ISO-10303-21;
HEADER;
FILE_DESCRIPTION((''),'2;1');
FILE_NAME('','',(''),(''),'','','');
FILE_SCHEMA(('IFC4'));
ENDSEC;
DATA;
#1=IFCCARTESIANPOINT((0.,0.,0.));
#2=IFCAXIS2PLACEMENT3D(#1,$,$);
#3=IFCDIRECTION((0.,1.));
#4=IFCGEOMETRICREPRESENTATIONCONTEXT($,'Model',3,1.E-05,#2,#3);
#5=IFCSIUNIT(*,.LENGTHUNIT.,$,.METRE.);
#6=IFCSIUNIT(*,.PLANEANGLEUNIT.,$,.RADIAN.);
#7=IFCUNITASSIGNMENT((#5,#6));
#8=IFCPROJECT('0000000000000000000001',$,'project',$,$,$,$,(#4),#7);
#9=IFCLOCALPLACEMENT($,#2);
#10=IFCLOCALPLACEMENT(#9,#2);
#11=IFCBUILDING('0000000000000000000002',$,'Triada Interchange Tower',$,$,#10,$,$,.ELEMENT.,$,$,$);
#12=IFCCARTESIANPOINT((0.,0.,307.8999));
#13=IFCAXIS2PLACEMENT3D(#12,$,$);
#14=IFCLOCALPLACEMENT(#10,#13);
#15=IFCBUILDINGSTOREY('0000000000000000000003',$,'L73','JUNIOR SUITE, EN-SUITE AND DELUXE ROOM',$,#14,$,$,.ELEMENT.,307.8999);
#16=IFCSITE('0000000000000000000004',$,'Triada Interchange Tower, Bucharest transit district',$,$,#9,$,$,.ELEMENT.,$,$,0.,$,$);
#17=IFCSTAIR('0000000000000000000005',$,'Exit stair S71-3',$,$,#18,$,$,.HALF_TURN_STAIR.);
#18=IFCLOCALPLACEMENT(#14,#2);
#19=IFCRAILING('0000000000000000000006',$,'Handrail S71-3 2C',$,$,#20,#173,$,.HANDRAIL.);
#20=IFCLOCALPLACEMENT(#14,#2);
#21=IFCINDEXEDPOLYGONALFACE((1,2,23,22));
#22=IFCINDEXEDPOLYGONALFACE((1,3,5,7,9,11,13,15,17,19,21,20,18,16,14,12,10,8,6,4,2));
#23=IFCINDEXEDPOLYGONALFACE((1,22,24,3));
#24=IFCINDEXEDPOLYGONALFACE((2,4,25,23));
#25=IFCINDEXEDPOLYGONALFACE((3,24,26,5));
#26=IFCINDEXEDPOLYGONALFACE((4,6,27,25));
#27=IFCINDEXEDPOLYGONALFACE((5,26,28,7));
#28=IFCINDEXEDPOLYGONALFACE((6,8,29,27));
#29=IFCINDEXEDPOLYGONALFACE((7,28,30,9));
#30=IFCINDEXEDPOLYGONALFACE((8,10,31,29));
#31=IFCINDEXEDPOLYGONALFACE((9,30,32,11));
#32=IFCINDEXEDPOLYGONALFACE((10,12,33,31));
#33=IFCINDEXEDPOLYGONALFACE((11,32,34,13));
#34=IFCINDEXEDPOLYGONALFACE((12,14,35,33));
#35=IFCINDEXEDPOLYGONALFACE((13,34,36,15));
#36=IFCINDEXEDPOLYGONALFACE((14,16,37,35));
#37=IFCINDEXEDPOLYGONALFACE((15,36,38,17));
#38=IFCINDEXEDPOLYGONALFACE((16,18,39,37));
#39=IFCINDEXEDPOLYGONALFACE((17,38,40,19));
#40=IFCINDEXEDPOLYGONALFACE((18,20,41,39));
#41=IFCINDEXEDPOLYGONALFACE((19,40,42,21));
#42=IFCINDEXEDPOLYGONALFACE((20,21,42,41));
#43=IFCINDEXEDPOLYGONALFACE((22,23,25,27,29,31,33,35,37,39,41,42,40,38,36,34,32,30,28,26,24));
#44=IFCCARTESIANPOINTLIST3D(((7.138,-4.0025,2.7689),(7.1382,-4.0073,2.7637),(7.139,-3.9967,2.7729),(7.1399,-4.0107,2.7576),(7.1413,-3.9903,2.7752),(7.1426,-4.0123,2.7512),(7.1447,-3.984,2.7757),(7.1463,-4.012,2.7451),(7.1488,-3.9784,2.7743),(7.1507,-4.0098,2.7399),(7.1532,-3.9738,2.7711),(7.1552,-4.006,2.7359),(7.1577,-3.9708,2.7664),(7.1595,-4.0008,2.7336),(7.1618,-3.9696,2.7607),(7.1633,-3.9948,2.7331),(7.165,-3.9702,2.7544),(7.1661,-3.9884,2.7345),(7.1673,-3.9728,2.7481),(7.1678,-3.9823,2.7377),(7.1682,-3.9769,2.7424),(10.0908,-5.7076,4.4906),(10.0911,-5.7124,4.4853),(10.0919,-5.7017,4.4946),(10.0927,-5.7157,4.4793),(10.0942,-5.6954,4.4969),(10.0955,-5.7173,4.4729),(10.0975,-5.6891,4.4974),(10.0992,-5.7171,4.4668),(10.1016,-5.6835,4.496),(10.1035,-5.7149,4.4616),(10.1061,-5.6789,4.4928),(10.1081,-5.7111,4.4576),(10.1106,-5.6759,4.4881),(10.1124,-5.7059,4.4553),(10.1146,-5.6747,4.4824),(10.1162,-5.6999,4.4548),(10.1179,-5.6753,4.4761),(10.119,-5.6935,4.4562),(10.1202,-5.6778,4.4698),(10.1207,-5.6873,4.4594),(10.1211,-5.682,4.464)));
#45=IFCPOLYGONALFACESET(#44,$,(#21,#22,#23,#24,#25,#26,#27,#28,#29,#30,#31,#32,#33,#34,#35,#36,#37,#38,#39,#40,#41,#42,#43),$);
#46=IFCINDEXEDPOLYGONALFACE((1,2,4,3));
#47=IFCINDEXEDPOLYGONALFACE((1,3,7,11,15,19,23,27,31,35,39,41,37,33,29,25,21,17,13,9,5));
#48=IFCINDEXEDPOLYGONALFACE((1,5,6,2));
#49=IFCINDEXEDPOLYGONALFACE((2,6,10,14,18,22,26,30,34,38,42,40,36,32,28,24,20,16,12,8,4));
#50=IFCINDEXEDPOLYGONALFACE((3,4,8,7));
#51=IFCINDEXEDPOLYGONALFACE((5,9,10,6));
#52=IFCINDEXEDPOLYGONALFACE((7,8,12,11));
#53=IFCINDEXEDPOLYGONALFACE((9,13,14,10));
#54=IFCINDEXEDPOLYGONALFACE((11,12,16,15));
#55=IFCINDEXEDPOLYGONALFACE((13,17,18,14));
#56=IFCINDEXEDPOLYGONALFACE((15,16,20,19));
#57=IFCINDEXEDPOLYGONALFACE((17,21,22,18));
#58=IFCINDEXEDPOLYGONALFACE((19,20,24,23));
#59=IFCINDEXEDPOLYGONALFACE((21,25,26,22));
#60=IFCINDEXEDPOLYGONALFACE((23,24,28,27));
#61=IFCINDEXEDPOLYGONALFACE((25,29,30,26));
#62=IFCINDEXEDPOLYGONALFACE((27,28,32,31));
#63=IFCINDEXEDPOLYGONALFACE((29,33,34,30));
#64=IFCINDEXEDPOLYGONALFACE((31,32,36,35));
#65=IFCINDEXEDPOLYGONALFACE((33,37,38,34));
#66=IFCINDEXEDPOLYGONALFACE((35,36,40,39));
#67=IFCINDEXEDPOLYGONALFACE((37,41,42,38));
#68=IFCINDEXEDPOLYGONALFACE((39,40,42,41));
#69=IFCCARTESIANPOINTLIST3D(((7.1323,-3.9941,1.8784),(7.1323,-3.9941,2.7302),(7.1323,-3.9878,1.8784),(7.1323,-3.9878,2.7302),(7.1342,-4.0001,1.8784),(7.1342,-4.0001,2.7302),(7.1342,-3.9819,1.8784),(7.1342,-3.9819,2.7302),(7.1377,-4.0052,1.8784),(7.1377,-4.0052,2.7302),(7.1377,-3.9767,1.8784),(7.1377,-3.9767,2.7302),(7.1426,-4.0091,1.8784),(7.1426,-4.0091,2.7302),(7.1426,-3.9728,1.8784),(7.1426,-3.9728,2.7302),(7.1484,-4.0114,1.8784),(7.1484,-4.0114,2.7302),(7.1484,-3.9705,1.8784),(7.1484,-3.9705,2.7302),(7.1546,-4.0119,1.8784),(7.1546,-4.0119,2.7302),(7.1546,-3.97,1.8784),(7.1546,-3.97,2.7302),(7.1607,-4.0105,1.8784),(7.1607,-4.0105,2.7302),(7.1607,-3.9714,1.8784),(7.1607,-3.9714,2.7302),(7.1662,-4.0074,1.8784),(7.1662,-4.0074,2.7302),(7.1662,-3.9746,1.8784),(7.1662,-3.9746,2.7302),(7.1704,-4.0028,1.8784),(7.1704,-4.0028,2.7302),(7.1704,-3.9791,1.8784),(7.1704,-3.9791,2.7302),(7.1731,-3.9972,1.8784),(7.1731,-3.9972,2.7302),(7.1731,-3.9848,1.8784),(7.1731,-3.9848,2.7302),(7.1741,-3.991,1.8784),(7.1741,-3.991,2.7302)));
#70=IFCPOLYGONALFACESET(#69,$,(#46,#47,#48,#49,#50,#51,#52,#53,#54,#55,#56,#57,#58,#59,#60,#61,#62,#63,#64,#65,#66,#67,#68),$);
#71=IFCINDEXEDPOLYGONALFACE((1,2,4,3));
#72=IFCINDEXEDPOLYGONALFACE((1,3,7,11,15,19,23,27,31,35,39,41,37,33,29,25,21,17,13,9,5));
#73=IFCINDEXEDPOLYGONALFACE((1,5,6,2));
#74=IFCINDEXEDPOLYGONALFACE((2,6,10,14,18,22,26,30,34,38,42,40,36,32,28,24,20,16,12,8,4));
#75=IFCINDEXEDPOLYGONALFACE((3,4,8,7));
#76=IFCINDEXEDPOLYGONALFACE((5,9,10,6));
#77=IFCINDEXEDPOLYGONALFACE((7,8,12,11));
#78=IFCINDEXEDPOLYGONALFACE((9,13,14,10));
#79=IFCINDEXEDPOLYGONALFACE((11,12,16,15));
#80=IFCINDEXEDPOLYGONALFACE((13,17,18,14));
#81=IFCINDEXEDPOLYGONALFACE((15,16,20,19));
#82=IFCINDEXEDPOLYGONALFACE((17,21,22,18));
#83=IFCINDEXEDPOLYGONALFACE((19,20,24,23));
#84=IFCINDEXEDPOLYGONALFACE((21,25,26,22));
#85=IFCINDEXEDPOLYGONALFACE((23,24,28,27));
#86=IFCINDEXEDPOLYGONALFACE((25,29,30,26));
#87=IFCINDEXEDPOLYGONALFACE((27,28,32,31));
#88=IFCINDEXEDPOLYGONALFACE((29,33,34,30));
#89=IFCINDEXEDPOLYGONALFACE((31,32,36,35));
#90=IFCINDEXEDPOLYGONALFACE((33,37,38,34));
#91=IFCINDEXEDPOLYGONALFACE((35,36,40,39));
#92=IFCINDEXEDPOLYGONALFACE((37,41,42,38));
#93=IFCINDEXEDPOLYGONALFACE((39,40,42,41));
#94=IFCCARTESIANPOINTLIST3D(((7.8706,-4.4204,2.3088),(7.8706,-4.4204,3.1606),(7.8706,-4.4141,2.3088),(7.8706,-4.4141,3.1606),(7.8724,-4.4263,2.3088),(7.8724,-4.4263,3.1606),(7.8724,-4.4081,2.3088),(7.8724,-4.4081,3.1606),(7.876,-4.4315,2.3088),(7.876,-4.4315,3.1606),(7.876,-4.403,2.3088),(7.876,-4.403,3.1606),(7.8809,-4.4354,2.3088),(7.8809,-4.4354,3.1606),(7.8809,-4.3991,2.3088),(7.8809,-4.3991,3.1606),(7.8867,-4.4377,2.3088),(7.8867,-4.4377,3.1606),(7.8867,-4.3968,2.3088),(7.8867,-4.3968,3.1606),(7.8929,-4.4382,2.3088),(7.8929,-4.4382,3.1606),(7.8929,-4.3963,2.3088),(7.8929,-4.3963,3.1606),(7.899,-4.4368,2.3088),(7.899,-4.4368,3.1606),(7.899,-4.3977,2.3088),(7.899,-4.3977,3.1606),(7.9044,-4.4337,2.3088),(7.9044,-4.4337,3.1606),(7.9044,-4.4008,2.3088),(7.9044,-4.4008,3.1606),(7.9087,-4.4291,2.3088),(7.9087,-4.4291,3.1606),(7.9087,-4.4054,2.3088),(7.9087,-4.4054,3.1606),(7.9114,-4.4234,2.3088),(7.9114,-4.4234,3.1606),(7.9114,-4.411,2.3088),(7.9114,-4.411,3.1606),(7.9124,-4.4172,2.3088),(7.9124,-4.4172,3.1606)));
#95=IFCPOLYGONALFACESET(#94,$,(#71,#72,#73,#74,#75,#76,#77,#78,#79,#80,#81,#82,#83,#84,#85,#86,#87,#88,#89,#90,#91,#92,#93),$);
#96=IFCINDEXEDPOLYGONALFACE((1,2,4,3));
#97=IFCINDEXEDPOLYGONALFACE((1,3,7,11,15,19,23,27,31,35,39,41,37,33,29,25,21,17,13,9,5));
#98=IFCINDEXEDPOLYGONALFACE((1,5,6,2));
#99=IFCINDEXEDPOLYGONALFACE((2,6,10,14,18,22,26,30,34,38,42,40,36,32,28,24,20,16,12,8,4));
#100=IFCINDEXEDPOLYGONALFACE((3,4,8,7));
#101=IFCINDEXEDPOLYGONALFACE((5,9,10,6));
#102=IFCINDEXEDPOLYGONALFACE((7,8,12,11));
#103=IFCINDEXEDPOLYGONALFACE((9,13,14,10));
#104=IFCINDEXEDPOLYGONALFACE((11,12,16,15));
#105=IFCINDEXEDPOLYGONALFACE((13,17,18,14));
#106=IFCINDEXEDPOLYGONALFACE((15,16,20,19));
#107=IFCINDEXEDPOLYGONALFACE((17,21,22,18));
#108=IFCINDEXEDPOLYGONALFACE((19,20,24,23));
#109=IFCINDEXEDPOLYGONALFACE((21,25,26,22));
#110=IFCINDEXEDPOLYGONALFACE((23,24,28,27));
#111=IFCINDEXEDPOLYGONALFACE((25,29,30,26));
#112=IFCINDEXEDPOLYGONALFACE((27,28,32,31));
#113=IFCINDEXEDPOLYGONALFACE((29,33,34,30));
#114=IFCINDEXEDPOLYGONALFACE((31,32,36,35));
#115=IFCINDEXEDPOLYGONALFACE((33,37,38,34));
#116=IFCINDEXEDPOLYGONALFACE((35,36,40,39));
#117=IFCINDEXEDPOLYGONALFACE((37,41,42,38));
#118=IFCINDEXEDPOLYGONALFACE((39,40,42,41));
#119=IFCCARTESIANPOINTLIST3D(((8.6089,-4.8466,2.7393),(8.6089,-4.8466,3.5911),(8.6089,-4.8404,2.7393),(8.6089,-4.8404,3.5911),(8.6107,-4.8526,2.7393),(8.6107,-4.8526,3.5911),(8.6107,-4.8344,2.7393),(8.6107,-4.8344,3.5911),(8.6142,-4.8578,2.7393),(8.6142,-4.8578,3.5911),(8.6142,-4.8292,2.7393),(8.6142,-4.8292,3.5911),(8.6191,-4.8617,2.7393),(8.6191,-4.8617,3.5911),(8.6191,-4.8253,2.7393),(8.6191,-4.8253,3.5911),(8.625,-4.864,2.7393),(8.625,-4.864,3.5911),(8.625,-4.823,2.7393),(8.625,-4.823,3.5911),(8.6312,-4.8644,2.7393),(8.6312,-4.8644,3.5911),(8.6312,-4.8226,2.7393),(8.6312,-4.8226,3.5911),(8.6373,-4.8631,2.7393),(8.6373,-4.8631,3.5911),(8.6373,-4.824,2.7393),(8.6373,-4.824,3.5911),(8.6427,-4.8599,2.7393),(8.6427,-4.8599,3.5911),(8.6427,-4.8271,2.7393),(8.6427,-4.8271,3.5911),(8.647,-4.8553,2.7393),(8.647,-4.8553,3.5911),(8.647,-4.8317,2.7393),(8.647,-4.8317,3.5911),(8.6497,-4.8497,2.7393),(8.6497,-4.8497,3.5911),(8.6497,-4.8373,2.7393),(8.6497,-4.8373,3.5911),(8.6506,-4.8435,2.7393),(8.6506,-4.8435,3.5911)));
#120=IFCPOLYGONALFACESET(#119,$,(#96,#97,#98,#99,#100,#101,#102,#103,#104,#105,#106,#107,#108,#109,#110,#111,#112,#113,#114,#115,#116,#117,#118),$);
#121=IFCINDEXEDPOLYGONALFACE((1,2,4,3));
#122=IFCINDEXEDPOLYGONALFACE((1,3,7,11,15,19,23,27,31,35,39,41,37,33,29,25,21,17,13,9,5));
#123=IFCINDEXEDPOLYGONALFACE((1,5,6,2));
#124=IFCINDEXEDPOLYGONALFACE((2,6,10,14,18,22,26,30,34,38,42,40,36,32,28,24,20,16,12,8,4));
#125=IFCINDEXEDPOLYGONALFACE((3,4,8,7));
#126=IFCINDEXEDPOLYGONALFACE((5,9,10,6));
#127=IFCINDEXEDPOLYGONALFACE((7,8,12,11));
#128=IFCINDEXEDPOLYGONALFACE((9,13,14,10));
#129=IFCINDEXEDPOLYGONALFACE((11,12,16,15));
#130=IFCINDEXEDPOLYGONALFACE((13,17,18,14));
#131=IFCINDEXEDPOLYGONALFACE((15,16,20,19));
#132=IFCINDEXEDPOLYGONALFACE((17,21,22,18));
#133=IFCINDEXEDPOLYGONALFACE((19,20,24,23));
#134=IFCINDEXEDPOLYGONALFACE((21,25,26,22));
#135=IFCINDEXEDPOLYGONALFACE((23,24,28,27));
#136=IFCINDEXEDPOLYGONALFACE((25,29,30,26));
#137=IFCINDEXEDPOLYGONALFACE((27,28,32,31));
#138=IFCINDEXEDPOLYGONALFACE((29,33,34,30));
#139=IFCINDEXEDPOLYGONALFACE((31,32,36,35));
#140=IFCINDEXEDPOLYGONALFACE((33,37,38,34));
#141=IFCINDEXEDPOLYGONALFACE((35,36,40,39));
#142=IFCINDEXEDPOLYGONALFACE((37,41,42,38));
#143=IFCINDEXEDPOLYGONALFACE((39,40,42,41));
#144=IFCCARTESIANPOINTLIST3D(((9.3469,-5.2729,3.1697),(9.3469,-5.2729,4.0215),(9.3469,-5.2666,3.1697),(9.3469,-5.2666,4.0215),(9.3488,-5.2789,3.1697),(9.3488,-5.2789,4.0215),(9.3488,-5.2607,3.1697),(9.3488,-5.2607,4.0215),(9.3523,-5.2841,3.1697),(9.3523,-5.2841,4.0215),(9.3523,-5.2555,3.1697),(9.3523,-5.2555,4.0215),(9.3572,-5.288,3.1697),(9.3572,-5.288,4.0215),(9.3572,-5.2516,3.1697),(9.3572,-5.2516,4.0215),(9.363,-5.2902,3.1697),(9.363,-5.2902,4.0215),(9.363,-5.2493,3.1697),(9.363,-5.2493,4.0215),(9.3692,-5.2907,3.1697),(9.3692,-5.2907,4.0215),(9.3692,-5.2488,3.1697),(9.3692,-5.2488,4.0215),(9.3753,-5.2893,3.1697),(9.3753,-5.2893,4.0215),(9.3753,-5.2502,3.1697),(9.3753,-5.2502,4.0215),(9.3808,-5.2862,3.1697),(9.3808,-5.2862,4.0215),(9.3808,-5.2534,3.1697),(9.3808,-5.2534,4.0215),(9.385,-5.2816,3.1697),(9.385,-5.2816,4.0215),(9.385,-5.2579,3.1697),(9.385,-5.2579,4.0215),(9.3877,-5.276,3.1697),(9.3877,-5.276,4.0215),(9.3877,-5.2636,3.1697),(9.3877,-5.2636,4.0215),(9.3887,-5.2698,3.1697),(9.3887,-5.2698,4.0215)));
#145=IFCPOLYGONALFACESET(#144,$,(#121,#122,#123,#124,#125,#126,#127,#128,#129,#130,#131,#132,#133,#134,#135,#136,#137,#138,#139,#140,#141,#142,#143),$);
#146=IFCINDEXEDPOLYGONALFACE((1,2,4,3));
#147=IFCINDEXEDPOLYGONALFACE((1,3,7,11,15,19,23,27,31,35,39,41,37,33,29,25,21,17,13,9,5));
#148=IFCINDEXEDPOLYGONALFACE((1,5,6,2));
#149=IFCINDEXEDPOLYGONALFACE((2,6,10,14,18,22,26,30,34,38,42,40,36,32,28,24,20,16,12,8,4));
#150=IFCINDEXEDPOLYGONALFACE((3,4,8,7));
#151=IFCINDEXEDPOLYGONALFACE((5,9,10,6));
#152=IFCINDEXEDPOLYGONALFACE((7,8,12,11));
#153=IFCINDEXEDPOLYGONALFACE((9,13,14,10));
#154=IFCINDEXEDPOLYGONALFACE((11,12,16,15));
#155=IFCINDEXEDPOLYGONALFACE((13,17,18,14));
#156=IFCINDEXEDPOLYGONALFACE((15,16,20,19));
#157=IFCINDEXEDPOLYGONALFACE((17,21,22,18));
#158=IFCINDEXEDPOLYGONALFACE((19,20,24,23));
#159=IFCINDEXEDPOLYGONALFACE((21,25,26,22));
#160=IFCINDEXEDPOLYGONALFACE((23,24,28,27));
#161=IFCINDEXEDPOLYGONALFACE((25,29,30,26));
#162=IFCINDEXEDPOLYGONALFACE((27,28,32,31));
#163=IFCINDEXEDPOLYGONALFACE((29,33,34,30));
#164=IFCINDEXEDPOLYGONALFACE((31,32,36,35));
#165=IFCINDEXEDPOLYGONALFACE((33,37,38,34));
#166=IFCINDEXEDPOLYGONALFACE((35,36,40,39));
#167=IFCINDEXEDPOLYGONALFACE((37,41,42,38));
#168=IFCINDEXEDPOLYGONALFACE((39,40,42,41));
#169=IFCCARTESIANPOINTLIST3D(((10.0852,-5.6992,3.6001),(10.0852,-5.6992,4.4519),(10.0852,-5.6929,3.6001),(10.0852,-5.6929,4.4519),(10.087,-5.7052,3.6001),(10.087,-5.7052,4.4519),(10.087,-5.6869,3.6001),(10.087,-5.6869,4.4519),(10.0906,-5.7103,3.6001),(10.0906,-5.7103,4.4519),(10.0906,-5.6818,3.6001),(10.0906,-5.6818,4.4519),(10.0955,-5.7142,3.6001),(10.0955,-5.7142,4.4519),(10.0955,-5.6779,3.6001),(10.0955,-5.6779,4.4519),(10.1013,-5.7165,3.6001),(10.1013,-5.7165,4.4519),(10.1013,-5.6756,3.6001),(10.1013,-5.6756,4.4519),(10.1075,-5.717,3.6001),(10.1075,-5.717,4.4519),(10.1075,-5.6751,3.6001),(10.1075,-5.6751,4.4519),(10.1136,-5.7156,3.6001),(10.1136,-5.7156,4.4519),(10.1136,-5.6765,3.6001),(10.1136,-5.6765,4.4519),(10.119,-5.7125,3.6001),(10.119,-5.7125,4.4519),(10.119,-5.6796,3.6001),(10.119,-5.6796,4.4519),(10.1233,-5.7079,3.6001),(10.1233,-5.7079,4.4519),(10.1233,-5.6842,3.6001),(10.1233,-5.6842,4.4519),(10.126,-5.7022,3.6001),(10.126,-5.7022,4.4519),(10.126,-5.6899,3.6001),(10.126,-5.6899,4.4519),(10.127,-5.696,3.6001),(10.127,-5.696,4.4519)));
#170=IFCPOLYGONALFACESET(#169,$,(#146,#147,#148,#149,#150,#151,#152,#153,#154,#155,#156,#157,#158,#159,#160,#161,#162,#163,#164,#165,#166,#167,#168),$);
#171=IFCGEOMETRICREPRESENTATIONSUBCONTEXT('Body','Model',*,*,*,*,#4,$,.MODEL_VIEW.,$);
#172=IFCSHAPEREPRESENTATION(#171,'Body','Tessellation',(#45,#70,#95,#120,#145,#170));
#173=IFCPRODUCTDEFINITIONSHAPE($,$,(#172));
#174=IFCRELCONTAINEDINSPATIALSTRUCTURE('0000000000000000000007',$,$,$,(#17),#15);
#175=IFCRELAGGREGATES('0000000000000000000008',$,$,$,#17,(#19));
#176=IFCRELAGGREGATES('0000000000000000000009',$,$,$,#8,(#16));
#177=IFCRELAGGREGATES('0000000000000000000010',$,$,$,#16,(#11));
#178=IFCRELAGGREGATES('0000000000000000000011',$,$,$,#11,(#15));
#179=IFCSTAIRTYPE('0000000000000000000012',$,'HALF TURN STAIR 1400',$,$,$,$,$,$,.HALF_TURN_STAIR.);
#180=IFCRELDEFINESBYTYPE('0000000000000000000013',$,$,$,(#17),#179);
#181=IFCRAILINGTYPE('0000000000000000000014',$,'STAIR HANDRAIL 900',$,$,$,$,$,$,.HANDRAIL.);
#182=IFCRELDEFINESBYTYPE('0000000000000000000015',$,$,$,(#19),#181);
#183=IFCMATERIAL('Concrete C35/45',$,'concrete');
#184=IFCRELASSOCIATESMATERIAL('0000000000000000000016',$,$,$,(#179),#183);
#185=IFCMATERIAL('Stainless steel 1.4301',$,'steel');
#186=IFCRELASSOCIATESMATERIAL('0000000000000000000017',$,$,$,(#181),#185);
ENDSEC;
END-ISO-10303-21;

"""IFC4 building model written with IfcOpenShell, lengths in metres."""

from ifc_helpers import new_model, si_unit, direction, frame, origin, origin_2d, place, context, subcontext, project, spatial, circle, extrude, material, type_object, element, aggregate, save


model = new_model("IFC4")

# Units and contexts
model_context = context("Model", 3, precision=1e-05, world=origin(), true_north=direction((0.0, 1.0)))
body_context = subcontext(model_context, "Body", "Model", "MODEL_VIEW")
ifc_project = project(units=[si_unit("LENGTHUNIT", "METRE"), si_unit("PLANEANGLEUNIT", "RADIAN")], contexts=[model_context])

# Site, building, storey
site_placement = place(None, origin())
site = spatial("IfcSite", under=ifc_project, at=site_placement, Name="Triada Interchange Tower, Bucharest transit district", CompositionType="ELEMENT", RefElevation=0.0)
building_placement = place(site_placement, origin())
building = spatial("IfcBuilding", under=site, at=building_placement, Name="Triada Interchange Tower", CompositionType="ELEMENT")
storey_placement = place(building_placement, frame((0.0, 0.0, 307.8999)))
storey = spatial("IfcBuildingStorey", under=building, at=storey_placement, Name="L73", Description="JUNIOR SUITE, EN-SUITE AND DELUXE ROOM", CompositionType="ELEMENT", Elevation=307.8999)

# Stair, railing
ifc_material_1 = material(Name="Concrete C35/45", Category="concrete")
stair_type = type_object("IfcStairType", Name="HALF TURN STAIR 1400", PredefinedType="HALF_TURN_STAIR", material=ifc_material_1)
stair_placement = place(storey_placement, origin())
stair = element("IfcStair", 1, at=stair_placement, inside=storey, type_object=stair_type, Name="Exit stair S71-3", PredefinedType="HALF_TURN_STAIR")
ifc_material_2 = material(Name="Stainless steel 1.4301", Category="steel")
railing_type = type_object("IfcRailingType", Name="STAIR HANDRAIL 900", PredefinedType="HANDRAIL", material=ifc_material_2)
railing_1_placement = place(storey_placement, frame((7.1531, -3.991, 1.8784)))
railing_1 = element("IfcRailing", 2, at=railing_1_placement, type_object=railing_type, Name="Handrail S71-3 2C", PredefinedType="HANDRAIL", context=body_context, shape_type="SweptSolid", body=[
    extrude(circle(Radius=0.0239, at=origin_2d()), frame((0.0, 0.0, 0.876), z_axis=(0.773043, -0.446377, 0.450723), x_axis=(0.500051, 0.865996, 0.0)), (0.0, 0.0, 1.0), 3.8198),
    extrude(circle(Radius=0.021, at=origin_2d()), origin(), (0.0, 0.0, 1.0), 0.8518),
    extrude(circle(Radius=0.021, at=origin_2d()), frame((0.7383, -0.4263, 0.4304)), (0.0, 0.0, 1.0), 0.8518),
    extrude(circle(Radius=0.021, at=origin_2d()), frame((1.4766, -0.8525, 0.8608)), (0.0, 0.0, 1.0), 0.8518),
    extrude(circle(Radius=0.021, at=origin_2d()), frame((2.2146, -1.2788, 1.2913)), (0.0, 0.0, 1.0), 0.8518),
    extrude(circle(Radius=0.021, at=origin_2d()), frame((2.9529, -1.7051, 1.7217)), (0.0, 0.0, 1.0), 0.8518),
])
aggregate(stair, [railing_1])

save(model, "model.ifc")
